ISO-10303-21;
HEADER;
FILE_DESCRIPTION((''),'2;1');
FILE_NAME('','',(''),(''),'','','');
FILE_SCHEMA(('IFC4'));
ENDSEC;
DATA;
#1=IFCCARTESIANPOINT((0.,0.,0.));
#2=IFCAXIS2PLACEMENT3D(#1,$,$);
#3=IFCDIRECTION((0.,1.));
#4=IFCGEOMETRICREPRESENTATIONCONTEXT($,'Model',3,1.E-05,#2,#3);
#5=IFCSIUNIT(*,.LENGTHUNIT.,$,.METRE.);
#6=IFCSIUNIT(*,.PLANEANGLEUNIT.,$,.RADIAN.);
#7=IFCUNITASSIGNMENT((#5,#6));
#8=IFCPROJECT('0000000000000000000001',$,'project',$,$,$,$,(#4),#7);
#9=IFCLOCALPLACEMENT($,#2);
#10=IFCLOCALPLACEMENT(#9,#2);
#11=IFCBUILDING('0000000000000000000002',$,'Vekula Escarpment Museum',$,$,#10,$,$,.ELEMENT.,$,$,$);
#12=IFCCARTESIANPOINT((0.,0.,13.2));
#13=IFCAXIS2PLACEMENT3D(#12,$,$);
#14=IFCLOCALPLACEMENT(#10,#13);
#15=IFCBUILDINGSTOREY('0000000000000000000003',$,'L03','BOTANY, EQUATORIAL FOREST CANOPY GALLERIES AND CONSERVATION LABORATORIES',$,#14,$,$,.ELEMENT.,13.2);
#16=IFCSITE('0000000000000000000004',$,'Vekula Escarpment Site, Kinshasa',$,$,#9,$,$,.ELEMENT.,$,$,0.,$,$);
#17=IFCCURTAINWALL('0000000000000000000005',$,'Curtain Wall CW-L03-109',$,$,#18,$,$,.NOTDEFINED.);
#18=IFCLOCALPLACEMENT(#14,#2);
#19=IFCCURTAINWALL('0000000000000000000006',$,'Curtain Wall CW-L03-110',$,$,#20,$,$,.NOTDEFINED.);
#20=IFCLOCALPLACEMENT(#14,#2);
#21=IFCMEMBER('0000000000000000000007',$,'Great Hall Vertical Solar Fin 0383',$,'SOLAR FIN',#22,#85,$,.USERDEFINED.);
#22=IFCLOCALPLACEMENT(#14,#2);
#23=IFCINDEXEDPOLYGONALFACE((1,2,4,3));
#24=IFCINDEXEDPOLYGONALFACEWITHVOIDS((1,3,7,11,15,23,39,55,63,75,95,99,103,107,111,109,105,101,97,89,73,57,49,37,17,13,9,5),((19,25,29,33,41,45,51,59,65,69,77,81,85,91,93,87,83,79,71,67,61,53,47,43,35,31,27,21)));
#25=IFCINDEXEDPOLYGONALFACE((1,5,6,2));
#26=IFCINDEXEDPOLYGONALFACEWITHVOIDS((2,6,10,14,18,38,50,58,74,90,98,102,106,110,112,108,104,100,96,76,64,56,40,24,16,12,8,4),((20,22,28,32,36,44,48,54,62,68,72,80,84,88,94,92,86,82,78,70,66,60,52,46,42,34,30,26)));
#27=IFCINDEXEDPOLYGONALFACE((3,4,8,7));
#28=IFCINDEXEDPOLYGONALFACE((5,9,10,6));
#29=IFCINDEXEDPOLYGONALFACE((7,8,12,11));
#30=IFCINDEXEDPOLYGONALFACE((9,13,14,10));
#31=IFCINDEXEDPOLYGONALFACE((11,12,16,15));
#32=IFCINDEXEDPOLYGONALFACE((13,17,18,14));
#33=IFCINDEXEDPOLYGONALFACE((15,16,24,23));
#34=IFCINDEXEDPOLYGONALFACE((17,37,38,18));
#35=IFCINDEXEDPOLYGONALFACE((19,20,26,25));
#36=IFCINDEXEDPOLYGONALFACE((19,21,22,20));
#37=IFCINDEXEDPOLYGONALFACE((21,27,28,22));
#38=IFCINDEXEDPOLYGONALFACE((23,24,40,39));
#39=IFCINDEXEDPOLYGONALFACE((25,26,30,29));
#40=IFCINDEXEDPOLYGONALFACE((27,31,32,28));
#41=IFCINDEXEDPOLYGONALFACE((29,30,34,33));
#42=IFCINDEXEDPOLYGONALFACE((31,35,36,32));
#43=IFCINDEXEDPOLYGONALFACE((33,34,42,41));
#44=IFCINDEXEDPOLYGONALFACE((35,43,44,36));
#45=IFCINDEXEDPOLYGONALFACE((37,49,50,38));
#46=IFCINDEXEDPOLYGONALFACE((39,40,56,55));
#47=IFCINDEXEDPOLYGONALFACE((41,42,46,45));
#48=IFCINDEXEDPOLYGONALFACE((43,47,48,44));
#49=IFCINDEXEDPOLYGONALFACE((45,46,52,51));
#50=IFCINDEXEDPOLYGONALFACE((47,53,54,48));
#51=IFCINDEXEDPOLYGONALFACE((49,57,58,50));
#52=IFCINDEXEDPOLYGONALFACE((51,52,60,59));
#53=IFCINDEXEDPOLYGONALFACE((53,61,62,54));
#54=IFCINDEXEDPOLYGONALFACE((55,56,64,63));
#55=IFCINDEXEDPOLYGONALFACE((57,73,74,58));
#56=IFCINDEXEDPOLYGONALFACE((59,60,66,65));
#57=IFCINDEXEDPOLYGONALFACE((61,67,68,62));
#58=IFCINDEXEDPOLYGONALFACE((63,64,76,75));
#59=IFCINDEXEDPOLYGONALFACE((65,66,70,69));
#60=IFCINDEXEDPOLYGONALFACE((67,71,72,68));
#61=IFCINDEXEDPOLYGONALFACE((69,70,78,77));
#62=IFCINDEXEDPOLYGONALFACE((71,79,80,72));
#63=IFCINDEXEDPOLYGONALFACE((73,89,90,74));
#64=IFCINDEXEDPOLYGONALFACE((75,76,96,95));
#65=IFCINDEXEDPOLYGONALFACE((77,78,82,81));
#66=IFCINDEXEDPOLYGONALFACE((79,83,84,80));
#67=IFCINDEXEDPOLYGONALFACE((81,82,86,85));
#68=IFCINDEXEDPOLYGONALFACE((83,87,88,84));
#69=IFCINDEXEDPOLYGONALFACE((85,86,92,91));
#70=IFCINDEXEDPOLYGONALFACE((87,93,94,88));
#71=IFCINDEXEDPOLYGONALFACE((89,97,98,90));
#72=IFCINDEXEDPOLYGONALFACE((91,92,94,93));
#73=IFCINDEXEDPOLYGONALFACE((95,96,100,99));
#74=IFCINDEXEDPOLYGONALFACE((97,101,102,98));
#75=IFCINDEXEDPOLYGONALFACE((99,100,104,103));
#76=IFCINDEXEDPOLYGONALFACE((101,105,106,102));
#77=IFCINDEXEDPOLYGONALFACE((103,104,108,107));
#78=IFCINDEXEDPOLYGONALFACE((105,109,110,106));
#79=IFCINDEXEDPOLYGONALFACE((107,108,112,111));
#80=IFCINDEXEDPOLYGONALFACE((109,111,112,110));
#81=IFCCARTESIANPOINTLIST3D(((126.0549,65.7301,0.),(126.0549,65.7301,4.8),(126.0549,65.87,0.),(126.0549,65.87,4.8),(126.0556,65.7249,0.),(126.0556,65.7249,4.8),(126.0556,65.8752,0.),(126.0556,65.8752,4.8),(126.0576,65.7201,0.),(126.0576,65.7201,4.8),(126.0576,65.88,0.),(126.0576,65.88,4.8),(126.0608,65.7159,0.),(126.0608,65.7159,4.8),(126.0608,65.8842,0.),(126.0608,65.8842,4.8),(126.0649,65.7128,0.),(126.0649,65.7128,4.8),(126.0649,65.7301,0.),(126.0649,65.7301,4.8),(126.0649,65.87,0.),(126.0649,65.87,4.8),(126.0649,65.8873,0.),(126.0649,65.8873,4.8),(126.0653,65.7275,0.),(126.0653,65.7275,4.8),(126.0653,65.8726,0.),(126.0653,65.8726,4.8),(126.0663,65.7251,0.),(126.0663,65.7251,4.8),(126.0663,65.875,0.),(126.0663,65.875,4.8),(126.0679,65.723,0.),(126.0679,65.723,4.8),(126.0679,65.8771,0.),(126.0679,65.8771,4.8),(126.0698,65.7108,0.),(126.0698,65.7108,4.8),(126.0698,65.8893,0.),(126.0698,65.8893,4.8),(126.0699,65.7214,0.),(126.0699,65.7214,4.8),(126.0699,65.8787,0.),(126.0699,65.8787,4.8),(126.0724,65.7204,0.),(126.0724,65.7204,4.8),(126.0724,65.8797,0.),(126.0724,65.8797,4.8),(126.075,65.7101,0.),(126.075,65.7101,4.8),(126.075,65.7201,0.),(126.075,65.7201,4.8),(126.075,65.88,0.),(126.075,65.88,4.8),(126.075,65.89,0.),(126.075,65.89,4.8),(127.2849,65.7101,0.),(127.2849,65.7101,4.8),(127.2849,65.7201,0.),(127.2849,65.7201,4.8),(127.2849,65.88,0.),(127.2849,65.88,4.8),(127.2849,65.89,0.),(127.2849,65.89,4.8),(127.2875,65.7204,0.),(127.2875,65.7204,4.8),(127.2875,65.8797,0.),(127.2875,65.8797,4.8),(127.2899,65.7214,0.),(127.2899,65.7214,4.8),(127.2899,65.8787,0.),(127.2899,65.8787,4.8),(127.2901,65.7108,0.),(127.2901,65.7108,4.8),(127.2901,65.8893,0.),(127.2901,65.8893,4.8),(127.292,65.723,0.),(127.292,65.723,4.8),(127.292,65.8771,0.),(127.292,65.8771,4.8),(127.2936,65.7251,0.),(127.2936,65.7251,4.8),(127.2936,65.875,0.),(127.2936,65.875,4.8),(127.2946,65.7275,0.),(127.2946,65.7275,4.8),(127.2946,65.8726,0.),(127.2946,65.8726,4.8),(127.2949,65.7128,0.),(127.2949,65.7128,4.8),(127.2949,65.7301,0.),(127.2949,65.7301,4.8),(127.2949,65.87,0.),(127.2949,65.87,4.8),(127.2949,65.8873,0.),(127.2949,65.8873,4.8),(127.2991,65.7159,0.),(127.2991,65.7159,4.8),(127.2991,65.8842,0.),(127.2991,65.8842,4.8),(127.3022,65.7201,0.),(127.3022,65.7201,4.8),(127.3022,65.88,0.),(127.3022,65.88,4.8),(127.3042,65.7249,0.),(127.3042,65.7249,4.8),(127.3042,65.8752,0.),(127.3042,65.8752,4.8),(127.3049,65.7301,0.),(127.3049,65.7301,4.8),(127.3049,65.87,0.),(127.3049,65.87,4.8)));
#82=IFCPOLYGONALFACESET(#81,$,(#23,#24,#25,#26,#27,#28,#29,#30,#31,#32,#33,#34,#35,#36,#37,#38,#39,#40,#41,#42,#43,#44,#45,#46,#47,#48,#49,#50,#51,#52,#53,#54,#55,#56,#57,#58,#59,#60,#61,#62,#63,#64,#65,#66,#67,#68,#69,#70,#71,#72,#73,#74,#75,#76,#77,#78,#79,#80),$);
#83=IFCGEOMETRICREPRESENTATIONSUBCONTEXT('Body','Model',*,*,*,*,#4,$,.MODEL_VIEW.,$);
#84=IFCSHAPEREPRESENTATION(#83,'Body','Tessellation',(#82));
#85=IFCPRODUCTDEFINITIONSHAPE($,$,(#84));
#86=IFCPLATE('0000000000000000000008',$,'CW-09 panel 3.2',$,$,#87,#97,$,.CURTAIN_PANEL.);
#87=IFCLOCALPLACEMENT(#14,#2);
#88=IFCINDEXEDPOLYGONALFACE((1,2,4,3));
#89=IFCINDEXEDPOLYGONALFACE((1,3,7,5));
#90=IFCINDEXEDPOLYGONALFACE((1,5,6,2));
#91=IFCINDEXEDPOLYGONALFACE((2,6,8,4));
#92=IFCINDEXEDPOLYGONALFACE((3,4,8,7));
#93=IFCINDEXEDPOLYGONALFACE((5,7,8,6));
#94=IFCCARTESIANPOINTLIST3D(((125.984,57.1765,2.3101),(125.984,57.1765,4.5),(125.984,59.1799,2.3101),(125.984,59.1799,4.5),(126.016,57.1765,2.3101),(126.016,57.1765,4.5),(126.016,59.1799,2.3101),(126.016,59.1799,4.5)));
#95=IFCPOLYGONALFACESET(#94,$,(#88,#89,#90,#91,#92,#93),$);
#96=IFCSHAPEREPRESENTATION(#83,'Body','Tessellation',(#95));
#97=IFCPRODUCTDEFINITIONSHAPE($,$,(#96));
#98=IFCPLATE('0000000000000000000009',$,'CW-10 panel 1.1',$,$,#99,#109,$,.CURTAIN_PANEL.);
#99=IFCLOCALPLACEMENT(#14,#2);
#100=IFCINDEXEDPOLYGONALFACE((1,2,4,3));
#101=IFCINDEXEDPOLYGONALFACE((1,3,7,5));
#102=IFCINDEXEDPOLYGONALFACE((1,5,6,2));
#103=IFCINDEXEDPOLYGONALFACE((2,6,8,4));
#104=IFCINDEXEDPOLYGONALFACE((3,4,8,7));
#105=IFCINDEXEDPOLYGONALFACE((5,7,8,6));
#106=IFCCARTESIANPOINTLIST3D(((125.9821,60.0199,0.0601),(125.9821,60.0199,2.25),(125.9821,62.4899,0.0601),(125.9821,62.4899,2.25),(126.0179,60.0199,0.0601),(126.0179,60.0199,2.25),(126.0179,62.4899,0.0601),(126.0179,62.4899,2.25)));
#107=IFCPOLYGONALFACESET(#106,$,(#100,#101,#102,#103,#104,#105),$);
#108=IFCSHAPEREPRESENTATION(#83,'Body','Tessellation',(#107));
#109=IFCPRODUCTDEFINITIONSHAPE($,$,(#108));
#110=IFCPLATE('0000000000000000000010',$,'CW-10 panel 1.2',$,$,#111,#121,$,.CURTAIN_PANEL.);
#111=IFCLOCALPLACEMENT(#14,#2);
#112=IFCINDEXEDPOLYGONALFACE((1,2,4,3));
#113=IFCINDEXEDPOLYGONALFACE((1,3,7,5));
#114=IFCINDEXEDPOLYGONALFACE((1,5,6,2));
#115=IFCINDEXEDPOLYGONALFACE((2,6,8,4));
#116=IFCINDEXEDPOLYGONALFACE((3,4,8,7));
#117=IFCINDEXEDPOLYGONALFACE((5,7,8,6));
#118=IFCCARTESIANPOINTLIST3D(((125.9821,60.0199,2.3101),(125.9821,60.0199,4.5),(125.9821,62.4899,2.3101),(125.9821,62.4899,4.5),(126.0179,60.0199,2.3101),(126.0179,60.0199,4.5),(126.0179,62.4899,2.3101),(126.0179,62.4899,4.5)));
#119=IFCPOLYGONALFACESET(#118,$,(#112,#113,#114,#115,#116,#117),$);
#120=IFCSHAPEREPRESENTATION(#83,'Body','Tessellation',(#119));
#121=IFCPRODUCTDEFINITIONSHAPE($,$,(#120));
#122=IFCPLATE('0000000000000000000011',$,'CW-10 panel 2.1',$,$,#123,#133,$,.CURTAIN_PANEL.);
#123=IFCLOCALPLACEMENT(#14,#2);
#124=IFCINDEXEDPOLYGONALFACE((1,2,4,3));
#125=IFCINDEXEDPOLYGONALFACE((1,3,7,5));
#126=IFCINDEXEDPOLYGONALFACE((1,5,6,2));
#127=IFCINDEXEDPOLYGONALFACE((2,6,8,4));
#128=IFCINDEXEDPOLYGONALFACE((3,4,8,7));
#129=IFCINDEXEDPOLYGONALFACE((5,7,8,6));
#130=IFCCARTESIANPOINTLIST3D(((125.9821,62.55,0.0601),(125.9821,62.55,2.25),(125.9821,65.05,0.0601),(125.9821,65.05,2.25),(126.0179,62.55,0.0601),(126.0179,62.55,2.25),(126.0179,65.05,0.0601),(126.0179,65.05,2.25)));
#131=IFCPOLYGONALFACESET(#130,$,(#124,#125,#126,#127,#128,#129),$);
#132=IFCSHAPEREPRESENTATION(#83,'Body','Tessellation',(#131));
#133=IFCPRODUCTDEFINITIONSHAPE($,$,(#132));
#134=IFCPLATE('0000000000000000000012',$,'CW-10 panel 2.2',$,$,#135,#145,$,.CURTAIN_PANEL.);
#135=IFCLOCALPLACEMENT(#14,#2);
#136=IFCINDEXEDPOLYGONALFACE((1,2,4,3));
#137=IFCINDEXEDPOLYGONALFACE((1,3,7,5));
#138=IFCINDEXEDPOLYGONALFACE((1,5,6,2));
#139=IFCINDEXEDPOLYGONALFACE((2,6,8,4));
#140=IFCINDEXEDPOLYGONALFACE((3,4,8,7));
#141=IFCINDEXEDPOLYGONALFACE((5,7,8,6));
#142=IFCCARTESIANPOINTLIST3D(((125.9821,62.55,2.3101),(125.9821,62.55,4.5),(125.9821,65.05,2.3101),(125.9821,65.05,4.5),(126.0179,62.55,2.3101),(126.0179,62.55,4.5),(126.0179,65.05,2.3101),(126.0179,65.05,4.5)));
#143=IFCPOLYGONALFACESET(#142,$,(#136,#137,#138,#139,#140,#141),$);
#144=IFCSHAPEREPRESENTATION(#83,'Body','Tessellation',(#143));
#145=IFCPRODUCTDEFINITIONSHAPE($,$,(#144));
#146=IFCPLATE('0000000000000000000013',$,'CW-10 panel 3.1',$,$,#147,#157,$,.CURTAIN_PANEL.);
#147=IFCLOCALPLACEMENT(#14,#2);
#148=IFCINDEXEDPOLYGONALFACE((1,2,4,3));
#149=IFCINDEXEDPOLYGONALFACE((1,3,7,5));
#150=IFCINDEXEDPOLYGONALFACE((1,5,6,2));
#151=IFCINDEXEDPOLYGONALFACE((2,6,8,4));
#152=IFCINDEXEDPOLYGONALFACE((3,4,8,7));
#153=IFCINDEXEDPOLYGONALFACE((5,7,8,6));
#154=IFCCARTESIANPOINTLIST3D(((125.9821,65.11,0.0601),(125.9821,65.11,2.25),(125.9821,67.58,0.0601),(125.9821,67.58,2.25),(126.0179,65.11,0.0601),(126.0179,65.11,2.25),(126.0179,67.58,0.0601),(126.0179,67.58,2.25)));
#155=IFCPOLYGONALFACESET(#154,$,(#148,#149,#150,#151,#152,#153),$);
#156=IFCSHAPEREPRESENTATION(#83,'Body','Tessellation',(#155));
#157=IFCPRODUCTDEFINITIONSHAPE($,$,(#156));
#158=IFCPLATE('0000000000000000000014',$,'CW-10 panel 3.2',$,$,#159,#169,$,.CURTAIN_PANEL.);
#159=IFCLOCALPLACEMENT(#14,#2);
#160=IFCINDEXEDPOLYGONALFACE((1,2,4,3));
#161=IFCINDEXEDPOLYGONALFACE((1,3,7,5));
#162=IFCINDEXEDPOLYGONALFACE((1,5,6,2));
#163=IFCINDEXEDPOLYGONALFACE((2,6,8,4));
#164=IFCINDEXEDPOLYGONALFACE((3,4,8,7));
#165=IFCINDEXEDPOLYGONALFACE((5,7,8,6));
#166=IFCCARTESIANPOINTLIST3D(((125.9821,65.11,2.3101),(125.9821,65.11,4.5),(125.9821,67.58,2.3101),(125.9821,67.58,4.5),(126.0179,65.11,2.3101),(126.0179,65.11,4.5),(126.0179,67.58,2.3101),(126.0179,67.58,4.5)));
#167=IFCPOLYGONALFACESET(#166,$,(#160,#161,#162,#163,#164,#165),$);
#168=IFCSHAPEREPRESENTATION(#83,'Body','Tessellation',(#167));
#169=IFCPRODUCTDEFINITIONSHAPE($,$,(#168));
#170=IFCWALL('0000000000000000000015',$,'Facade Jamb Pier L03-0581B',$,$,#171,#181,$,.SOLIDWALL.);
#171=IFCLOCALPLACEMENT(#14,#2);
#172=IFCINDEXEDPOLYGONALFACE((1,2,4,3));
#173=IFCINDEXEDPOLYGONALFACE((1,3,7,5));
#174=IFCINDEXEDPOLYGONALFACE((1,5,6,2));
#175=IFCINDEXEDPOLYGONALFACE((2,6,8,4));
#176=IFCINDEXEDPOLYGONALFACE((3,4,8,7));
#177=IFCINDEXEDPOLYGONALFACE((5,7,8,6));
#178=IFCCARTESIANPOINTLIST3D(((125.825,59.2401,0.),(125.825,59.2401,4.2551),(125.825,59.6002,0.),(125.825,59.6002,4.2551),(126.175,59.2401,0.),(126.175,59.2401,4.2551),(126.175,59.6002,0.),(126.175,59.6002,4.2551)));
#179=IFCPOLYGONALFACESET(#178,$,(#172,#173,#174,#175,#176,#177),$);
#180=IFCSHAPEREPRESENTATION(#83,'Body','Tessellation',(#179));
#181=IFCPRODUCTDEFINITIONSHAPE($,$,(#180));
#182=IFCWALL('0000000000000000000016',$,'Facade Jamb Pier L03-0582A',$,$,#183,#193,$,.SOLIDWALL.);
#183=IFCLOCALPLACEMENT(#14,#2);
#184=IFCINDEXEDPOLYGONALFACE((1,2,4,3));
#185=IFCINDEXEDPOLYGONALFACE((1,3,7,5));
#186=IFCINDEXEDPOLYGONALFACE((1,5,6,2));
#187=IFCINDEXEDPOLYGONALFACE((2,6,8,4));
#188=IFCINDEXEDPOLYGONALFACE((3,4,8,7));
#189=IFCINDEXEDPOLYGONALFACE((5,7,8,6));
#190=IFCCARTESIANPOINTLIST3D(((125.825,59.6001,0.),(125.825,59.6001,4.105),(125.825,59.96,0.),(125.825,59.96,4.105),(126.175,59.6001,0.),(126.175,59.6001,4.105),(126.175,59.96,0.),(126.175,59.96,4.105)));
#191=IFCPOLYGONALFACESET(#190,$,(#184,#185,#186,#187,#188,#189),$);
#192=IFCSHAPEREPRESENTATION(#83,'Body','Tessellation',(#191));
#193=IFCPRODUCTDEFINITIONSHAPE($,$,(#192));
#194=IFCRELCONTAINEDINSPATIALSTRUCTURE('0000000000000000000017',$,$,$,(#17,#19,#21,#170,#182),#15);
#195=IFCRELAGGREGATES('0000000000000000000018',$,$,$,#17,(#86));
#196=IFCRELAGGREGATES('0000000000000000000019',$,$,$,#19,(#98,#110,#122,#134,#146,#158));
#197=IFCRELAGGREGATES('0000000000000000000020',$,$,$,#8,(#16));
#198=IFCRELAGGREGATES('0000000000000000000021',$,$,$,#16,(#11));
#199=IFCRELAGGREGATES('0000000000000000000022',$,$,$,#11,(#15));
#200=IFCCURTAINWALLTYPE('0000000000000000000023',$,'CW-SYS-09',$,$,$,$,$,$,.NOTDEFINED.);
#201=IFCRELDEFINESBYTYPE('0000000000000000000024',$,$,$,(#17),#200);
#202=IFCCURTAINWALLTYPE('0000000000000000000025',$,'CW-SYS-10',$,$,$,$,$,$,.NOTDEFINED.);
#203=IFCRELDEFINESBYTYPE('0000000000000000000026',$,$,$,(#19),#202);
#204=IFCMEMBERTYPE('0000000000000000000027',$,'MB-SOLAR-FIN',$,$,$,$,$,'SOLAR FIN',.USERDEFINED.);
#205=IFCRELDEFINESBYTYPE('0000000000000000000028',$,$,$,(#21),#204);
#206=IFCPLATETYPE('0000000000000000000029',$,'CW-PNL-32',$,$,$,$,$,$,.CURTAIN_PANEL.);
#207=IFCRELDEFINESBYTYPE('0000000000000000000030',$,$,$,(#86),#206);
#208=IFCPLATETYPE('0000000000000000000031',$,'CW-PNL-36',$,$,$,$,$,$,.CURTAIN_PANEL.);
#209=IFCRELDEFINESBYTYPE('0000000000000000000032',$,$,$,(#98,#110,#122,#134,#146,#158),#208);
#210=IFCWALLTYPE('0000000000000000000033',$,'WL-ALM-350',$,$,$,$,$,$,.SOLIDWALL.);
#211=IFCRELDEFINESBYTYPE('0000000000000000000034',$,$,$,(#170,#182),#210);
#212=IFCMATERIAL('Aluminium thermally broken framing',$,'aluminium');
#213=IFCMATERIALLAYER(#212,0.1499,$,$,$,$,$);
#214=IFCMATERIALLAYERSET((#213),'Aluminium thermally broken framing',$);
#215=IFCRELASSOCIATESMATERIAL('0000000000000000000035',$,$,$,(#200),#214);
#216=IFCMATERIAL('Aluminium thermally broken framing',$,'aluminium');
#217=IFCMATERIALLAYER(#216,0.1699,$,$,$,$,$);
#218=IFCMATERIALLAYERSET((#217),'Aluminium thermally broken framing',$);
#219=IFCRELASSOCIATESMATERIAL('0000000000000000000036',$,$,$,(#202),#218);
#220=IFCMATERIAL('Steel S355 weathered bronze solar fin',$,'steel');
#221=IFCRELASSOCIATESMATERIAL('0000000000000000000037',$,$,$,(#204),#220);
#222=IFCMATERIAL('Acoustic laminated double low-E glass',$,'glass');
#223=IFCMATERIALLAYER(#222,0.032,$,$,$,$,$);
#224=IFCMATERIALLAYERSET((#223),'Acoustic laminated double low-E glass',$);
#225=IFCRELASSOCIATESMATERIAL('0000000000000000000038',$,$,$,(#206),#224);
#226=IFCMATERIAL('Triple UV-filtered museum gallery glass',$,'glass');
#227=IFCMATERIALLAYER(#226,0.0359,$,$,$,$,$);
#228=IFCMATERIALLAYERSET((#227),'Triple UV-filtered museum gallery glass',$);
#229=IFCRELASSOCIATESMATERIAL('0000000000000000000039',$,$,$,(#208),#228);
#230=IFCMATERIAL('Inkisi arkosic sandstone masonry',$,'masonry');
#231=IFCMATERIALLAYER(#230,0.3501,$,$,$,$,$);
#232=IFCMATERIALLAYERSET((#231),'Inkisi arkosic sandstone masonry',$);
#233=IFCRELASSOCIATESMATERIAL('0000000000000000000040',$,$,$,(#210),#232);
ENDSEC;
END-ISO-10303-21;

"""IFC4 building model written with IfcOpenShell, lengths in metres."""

from ifc_helpers import new_model, si_unit, direction, frame, frame_2d, origin, origin_2d, place, context, subcontext, project, spatial, rectangle, hollow_rectangle, extrude, material, layer, layer_set, material_profile, profile_set, type_object, element, aggregate, save


model = new_model("IFC4")

# Units and contexts
model_context = context("Model", 3, precision=1e-05, world=origin(), true_north=direction((0.0, 1.0)))
body_context = subcontext(model_context, "Body", "Model", "MODEL_VIEW")
ifc_project = project(units=[si_unit("LENGTHUNIT", "METRE"), si_unit("PLANEANGLEUNIT", "RADIAN")], contexts=[model_context])

# Site, building, storey
site_placement = place(None, origin())
site = spatial("IfcSite", under=ifc_project, at=site_placement, Name="Vekula Escarpment Site, Kinshasa", CompositionType="ELEMENT", RefElevation=0.0)
building_placement = place(site_placement, origin())
building = spatial("IfcBuilding", under=site, at=building_placement, Name="Vekula Escarpment Museum", CompositionType="ELEMENT")
storey_placement = place(building_placement, frame((0.0, 0.0, 13.2)))
storey = spatial("IfcBuildingStorey", under=building, at=storey_placement, Name="L03", Description="BOTANY, EQUATORIAL FOREST CANOPY GALLERIES AND CONSERVATION LABORATORIES", CompositionType="ELEMENT", Elevation=13.2)

# Curtain wall
ifc_material_1 = material(Name="Aluminium thermally broken framing", Category="aluminium")
ifc_layer_1 = layer(ifc_material_1, 0.1499)
ifc_layer_set_1 = layer_set([ifc_layer_1], Name="Aluminium thermally broken framing")
curtain_wall_type_1 = type_object("IfcCurtainWallType", Name="CW-SYS-09", PredefinedType="NOTDEFINED", material=ifc_layer_set_1)
curtain_wall_1_placement = place(storey_placement, origin())
curtain_wall_1 = element("IfcCurtainWall", 1, at=curtain_wall_1_placement, inside=storey, type_object=curtain_wall_type_1, Name="Curtain Wall CW-L03-109", PredefinedType="NOTDEFINED")

# Curtain wall
ifc_material_2 = material(Name="Aluminium thermally broken framing", Category="aluminium")
ifc_layer_2 = layer(ifc_material_2, 0.1699)
ifc_layer_set_2 = layer_set([ifc_layer_2], Name="Aluminium thermally broken framing")
curtain_wall_type_2 = type_object("IfcCurtainWallType", Name="CW-SYS-10", PredefinedType="NOTDEFINED", material=ifc_layer_set_2)
curtain_wall_2_placement = place(storey_placement, origin())
curtain_wall_2 = element("IfcCurtainWall", 2, at=curtain_wall_2_placement, inside=storey, type_object=curtain_wall_type_2, Name="Curtain Wall CW-L03-110", PredefinedType="NOTDEFINED")

# Member
ifc_material_3 = material(Name="Steel S355 weathered bronze solar fin", Category="steel")
ifc_material_profile_1 = material_profile(ifc_material_3, hollow_rectangle(XDim=0.1799, YDim=1.25, WallThickness=0.01, InnerFilletRadius=0.01, OuterFilletRadius=0.02, at=origin_2d()), Name="RHS 1250x180x10")
ifc_profile_set_1 = profile_set([ifc_material_profile_1], Name="Steel S355 weathered bronze solar fin")
member_type_1 = type_object("IfcMemberType", Name="MB-SOLAR-FIN", ElementType="SOLAR FIN", PredefinedType="USERDEFINED", material=ifc_profile_set_1)
for number, where, z_axis, x_axis, name in (
    (3, (126.6799, 65.8, 0.0), (0.0, 0.0, 1.0), (0.0, 1.0, 0.0), "Great Hall Vertical Solar Fin 0383"),
):
    element("IfcMember", number, at=place(storey_placement, frame(where, z_axis=z_axis, x_axis=x_axis)), inside=storey, type_object=member_type_1, Name=name, ObjectType="SOLAR FIN", PredefinedType="USERDEFINED", context=body_context, shape_type="SweptSolid", body=[
        extrude(hollow_rectangle(XDim=0.1799, YDim=1.25, WallThickness=0.01, InnerFilletRadius=0.01, OuterFilletRadius=0.02, at=origin_2d()), origin(), (0.0, 0.0, 1.0), 4.8),
    ])

# Plates
ifc_material_4 = material(Name="Acoustic laminated double low-E glass", Category="glass")
ifc_layer_3 = layer(ifc_material_4, 0.032)
ifc_layer_set_3 = layer_set([ifc_layer_3], Name="Acoustic laminated double low-E glass")
plate_type_1 = type_object("IfcPlateType", Name="CW-PNL-32", PredefinedType="CURTAIN_PANEL", material=ifc_layer_set_3)
plate_1_placement = place(storey_placement, frame((126.0, 58.1782, 2.3101), z_axis=(0.0, 0.0, 1.0), x_axis=(0.0, 1.0, 0.0)))
plate_1 = element("IfcPlate", 4, at=plate_1_placement, type_object=plate_type_1, Name="CW-09 panel 3.2", PredefinedType="CURTAIN_PANEL", context=body_context, shape_type="SweptSolid", body=[
    extrude(rectangle(XDim=2.0034, YDim=0.032, at=origin_2d()), origin(), (0.0, 0.0, 1.0), 2.1899),
])
aggregate(curtain_wall_1, [plate_1])
ifc_material_5 = material(Name="Triple UV-filtered museum gallery glass", Category="glass")
ifc_layer_4 = layer(ifc_material_5, 0.0359)
ifc_layer_set_4 = layer_set([ifc_layer_4], Name="Triple UV-filtered museum gallery glass")
plate_type_2 = type_object("IfcPlateType", Name="CW-PNL-36", PredefinedType="CURTAIN_PANEL", material=ifc_layer_set_4)
plate_2_placement = place(storey_placement, frame((126.0, 61.2549, 0.0601), z_axis=(0.0, 0.0, 1.0), x_axis=(0.0, 1.0, 0.0)))
plate_2 = element("IfcPlate", 5, at=plate_2_placement, type_object=plate_type_2, Name="CW-10 panel 1.1", PredefinedType="CURTAIN_PANEL", context=body_context, shape_type="SweptSolid", body=[
    extrude(rectangle(XDim=2.47, YDim=0.0359, at=origin_2d()), origin(), (0.0, 0.0, 1.0), 2.1899),
])
plate_3_placement = place(storey_placement, frame((126.0, 61.2549, 2.3101), z_axis=(0.0, 0.0, 1.0), x_axis=(0.0, 1.0, 0.0)))
plate_3 = element("IfcPlate", 6, at=plate_3_placement, type_object=plate_type_2, Name="CW-10 panel 1.2", PredefinedType="CURTAIN_PANEL", context=body_context, shape_type="SweptSolid", body=[
    extrude(rectangle(XDim=2.47, YDim=0.0359, at=origin_2d()), origin(), (0.0, 0.0, 1.0), 2.1899),
])
plate_4_placement = place(storey_placement, frame((126.0, 63.8, 0.0601), z_axis=(0.0, 0.0, 1.0), x_axis=(0.0, 1.0, 0.0)))
plate_4 = element("IfcPlate", 7, at=plate_4_placement, type_object=plate_type_2, Name="CW-10 panel 2.1", PredefinedType="CURTAIN_PANEL", context=body_context, shape_type="SweptSolid", body=[
    extrude(rectangle(XDim=2.5, YDim=0.0359, at=origin_2d()), origin(), (0.0, 0.0, 1.0), 2.1899),
])
plate_5_placement = place(storey_placement, frame((126.0, 63.8, 2.3101), z_axis=(0.0, 0.0, 1.0), x_axis=(0.0, 1.0, 0.0)))
plate_5 = element("IfcPlate", 8, at=plate_5_placement, type_object=plate_type_2, Name="CW-10 panel 2.2", PredefinedType="CURTAIN_PANEL", context=body_context, shape_type="SweptSolid", body=[
    extrude(rectangle(XDim=2.5, YDim=0.0359, at=origin_2d()), origin(), (0.0, 0.0, 1.0), 2.1899),
])
plate_6_placement = place(storey_placement, frame((126.0, 66.345, 0.0601), z_axis=(0.0, 0.0, 1.0), x_axis=(0.0, 1.0, 0.0)))
plate_6 = element("IfcPlate", 9, at=plate_6_placement, type_object=plate_type_2, Name="CW-10 panel 3.1", PredefinedType="CURTAIN_PANEL", context=body_context, shape_type="SweptSolid", body=[
    extrude(rectangle(XDim=2.47, YDim=0.0359, at=origin_2d()), origin(), (0.0, 0.0, 1.0), 2.1899),
])
plate_7_placement = place(storey_placement, frame((126.0, 66.345, 2.3101), z_axis=(0.0, 0.0, 1.0), x_axis=(0.0, 1.0, 0.0)))
plate_7 = element("IfcPlate", 10, at=plate_7_placement, type_object=plate_type_2, Name="CW-10 panel 3.2", PredefinedType="CURTAIN_PANEL", context=body_context, shape_type="SweptSolid", body=[
    extrude(rectangle(XDim=2.47, YDim=0.0359, at=origin_2d()), origin(), (0.0, 0.0, 1.0), 2.1899),
])
aggregate(curtain_wall_2, [plate_2, plate_3, plate_4, plate_5, plate_6, plate_7])

# Walls
ifc_material_6 = material(Name="Inkisi arkosic sandstone masonry", Category="masonry")
ifc_layer_5 = layer(ifc_material_6, 0.3501)
ifc_layer_set_5 = layer_set([ifc_layer_5], Name="Inkisi arkosic sandstone masonry")
wall_type = type_object("IfcWallType", Name="WL-ALM-350", PredefinedType="SOLIDWALL", material=ifc_layer_set_5)
wall_1_placement = place(storey_placement, frame((126.0, 59.24, 0.0), z_axis=(0.0, 0.0, 1.0), x_axis=(0.0, 1.0, 0.0)))
element("IfcWall", 11, at=wall_1_placement, inside=storey, type_object=wall_type, Name="Facade Jamb Pier L03-0581B", PredefinedType="SOLIDWALL", context=body_context, shape_type="SweptSolid", body=[
    extrude(rectangle(XDim=0.3601, YDim=0.3501, at=frame_2d((0.1802, 0.0))), origin(), (0.0, 0.0, 1.0), 4.2551),
])
wall_2_placement = place(storey_placement, frame((126.0, 59.6001, 0.0), z_axis=(0.0, 0.0, 1.0), x_axis=(0.0, 1.0, 0.0)))
element("IfcWall", 12, at=wall_2_placement, inside=storey, type_object=wall_type, Name="Facade Jamb Pier L03-0582A", PredefinedType="SOLIDWALL", context=body_context, shape_type="SweptSolid", body=[
    extrude(rectangle(XDim=0.3599, YDim=0.3501, at=frame_2d((0.1799, 0.0))), origin(), (0.0, 0.0, 1.0), 4.105),
])

save(model, "model.ifc")
